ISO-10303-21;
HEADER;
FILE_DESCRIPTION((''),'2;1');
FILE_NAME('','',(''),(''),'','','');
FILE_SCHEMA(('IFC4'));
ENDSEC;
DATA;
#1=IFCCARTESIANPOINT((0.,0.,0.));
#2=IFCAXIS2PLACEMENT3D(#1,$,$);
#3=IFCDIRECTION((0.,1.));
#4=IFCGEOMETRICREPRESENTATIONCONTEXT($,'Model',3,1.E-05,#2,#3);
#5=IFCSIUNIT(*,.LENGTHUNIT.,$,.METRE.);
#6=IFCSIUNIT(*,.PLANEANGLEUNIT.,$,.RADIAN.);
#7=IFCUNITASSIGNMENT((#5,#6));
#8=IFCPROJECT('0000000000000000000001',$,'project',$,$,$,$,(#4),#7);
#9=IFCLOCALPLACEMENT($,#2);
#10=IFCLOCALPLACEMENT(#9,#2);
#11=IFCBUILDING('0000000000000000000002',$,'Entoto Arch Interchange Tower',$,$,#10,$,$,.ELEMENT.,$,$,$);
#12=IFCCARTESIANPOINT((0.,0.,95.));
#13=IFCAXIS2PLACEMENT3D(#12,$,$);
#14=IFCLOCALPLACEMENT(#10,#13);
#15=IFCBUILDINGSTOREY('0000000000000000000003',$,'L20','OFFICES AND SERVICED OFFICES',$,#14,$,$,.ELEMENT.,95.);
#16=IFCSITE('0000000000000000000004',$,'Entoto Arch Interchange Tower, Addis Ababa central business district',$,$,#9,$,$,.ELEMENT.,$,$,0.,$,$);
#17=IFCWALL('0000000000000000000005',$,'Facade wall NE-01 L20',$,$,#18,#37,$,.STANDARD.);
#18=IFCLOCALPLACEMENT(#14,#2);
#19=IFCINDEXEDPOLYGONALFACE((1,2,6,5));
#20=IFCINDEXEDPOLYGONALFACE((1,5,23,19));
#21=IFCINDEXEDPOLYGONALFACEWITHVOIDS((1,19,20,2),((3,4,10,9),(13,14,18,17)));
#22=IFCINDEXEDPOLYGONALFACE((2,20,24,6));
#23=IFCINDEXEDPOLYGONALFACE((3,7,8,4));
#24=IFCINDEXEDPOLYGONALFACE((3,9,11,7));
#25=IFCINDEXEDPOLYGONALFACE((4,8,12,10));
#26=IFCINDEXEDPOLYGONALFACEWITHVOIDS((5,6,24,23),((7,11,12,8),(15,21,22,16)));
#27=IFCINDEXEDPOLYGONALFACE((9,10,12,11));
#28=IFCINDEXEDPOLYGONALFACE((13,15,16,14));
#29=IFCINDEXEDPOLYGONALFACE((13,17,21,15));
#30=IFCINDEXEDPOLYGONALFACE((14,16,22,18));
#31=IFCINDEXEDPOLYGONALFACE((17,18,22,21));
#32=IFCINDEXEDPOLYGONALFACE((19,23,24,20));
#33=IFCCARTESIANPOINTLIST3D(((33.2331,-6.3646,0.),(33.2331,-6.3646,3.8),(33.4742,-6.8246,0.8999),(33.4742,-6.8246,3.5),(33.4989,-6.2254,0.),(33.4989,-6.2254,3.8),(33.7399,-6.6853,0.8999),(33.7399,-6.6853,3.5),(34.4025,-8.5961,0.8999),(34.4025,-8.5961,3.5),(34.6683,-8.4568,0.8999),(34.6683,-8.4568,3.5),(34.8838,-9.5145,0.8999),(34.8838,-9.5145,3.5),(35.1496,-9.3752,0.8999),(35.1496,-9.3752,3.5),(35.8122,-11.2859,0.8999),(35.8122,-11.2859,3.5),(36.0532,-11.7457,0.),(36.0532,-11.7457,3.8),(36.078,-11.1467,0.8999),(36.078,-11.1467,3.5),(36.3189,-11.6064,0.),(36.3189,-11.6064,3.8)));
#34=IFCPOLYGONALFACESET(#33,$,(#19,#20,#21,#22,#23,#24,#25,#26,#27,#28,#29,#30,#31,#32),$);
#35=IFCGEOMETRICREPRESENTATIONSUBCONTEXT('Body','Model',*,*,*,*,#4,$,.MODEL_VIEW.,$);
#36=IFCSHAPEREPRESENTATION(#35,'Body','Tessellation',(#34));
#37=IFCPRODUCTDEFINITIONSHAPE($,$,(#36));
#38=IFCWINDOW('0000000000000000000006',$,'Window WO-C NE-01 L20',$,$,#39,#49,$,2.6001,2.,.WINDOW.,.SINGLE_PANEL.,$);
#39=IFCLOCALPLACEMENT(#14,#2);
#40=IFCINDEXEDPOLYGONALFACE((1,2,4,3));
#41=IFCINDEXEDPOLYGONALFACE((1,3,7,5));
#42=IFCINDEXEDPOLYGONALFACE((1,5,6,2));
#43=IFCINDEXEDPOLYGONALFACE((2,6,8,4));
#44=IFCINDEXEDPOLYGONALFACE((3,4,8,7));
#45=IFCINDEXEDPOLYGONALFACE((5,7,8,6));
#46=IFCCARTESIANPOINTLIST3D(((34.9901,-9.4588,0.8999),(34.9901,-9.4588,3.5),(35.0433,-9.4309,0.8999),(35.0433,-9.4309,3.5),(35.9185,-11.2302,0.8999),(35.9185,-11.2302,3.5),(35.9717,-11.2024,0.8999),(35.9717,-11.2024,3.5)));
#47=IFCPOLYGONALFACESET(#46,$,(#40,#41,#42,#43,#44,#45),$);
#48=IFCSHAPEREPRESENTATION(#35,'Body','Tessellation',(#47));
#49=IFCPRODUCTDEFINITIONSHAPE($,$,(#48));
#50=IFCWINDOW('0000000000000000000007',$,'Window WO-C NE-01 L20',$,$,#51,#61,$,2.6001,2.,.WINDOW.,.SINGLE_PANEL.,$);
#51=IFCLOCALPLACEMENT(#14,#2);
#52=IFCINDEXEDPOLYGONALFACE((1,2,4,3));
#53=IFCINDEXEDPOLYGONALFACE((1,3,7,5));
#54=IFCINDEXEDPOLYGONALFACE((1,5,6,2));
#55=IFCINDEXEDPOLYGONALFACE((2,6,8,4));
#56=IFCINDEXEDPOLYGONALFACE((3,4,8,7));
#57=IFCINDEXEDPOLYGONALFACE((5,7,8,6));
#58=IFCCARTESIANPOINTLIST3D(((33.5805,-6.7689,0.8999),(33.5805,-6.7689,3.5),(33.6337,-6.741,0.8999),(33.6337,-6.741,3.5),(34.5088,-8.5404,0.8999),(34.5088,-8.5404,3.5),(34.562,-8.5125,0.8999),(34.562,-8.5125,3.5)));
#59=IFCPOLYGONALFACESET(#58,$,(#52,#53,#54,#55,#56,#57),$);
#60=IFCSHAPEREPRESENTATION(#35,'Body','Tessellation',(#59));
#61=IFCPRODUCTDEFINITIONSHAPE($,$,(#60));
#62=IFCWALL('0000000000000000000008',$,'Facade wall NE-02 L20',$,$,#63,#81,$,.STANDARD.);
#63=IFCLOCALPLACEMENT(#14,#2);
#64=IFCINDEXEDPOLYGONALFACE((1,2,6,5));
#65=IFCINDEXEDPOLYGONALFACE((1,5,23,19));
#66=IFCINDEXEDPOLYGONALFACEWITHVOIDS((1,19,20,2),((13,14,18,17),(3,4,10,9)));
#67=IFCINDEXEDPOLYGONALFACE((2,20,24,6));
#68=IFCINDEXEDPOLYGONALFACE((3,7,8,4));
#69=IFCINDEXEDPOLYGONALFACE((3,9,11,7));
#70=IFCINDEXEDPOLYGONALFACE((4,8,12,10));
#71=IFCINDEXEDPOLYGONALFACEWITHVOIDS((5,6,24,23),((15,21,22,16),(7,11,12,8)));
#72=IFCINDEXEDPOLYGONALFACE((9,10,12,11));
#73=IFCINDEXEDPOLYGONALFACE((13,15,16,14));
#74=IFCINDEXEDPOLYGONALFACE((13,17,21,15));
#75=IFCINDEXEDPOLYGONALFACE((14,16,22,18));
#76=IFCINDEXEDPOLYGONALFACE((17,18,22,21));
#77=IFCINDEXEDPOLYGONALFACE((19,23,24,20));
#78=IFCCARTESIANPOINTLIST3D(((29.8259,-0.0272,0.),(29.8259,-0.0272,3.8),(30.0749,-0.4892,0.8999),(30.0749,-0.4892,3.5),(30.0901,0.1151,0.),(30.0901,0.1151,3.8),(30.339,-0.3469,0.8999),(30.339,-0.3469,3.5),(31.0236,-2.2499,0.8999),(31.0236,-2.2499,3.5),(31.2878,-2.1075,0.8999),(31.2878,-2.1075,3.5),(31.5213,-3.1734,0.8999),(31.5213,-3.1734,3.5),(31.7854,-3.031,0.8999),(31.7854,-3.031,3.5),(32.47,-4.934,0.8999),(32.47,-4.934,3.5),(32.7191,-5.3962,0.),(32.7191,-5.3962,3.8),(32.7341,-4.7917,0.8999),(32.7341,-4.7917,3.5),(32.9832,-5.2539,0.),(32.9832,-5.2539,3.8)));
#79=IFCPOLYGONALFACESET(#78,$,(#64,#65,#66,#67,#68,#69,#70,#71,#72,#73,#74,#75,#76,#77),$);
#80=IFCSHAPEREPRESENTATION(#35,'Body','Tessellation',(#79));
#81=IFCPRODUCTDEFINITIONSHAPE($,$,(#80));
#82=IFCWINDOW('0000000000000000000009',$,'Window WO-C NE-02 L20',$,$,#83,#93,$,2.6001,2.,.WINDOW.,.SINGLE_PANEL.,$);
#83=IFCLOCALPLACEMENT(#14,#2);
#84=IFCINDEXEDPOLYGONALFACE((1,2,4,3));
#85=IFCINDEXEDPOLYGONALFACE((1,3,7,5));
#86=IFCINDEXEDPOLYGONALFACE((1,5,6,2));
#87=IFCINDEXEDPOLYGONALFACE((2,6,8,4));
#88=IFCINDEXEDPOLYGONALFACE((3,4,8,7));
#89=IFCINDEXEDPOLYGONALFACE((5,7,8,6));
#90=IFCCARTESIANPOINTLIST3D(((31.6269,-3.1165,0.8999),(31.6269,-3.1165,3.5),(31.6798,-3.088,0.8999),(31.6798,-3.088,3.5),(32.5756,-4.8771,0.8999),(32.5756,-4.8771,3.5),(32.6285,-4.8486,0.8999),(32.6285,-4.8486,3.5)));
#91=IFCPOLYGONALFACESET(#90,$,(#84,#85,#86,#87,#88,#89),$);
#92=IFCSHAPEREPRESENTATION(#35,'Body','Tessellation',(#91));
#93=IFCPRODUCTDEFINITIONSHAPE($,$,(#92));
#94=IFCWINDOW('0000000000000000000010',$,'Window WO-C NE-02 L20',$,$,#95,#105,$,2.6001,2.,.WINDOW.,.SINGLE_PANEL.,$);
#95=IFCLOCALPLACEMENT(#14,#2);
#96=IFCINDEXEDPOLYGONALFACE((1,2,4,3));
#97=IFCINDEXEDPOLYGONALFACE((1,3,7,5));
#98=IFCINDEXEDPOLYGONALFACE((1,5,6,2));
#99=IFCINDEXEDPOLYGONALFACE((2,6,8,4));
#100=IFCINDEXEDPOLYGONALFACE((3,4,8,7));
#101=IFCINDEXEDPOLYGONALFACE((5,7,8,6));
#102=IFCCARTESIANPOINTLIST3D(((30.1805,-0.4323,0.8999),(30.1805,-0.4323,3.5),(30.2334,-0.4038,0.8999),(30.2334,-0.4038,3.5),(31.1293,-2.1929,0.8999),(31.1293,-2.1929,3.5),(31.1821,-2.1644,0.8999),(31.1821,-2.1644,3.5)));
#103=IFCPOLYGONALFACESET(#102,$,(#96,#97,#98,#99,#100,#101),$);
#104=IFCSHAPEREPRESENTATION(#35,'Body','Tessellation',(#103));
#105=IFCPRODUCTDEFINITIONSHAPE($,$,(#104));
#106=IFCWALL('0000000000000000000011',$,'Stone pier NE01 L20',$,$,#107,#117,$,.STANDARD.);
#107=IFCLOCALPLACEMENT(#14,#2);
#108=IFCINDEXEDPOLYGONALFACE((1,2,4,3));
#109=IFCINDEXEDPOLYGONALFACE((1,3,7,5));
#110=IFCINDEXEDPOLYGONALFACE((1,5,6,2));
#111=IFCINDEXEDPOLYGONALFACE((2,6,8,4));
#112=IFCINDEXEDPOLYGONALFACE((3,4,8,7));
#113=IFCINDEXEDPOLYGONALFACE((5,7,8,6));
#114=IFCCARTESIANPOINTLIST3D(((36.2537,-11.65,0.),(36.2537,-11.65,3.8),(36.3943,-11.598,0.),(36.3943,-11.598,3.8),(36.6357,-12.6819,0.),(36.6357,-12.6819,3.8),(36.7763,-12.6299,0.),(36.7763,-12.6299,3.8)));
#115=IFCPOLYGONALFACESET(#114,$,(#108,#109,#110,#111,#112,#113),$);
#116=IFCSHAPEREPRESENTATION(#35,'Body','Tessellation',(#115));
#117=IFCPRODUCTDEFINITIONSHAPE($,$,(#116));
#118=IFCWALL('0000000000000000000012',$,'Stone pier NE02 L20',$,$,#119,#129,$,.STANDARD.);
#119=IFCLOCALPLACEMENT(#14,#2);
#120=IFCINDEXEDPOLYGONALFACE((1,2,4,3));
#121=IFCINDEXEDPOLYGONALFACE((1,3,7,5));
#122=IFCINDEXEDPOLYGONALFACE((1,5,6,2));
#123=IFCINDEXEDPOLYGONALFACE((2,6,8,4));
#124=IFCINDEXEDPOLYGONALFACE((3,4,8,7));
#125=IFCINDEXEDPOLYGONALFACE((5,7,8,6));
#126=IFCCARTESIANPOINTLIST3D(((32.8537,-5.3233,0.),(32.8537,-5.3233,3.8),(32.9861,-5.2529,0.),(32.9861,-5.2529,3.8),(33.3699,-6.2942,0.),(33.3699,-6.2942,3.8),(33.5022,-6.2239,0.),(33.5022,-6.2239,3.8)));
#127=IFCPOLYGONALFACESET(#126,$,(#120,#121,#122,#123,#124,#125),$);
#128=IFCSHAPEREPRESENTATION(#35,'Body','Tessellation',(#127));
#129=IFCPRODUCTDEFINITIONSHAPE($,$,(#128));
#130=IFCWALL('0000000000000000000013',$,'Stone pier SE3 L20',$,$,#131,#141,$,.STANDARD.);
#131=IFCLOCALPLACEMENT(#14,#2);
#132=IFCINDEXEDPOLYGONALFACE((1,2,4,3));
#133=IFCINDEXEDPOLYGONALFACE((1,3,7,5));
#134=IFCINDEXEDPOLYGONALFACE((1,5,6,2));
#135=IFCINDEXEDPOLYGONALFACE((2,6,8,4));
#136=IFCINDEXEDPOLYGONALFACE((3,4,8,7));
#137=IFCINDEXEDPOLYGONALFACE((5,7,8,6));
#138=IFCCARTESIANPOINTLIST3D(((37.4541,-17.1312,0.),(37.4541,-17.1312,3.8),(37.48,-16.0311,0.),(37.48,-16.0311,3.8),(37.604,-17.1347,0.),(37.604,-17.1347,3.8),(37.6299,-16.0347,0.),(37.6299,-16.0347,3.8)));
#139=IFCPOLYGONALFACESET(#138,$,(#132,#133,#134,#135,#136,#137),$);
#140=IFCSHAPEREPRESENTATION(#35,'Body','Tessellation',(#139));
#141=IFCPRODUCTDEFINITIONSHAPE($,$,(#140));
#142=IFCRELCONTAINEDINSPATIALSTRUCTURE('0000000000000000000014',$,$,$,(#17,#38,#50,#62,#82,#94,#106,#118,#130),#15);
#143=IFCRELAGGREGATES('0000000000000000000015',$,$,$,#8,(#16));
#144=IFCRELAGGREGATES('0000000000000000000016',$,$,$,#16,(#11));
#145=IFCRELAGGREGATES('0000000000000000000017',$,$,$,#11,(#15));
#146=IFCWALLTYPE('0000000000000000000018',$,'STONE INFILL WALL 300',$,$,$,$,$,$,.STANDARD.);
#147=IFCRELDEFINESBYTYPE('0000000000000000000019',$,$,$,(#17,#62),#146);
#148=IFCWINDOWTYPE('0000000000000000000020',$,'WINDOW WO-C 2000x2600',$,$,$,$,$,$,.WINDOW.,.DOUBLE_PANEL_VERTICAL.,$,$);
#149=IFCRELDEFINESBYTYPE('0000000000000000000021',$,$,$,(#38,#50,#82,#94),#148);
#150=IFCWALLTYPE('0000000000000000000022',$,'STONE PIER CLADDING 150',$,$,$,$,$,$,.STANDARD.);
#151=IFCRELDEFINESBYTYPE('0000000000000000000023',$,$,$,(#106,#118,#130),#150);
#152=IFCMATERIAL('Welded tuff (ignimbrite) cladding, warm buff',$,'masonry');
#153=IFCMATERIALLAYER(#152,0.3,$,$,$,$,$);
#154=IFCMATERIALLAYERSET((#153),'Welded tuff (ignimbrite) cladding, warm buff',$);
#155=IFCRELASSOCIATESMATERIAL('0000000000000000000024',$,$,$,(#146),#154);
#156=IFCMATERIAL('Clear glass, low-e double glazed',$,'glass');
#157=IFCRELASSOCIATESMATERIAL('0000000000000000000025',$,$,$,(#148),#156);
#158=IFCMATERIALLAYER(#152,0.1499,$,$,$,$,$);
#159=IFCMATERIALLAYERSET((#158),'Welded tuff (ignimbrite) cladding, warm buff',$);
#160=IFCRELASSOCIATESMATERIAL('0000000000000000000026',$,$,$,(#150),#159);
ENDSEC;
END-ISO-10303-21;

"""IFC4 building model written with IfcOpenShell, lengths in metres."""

from ifc_helpers import new_model, si_unit, direction, frame, frame_2d, origin, place, context, subcontext, project, spatial, rectangle, extrude, material, layer, layer_set, type_object, element, fill, save


model = new_model("IFC4")

# Units and contexts
model_context = context("Model", 3, precision=1e-05, world=origin(), true_north=direction((0.0, 1.0)))
body_context = subcontext(model_context, "Body", "Model", "MODEL_VIEW")
ifc_project = project(units=[si_unit("LENGTHUNIT", "METRE"), si_unit("PLANEANGLEUNIT", "RADIAN")], contexts=[model_context])

# Site, building, storey
site_placement = place(None, origin())
site = spatial("IfcSite", under=ifc_project, at=site_placement, Name="Entoto Arch Interchange Tower, Addis Ababa central business district", CompositionType="ELEMENT", RefElevation=0.0)
building_placement = place(site_placement, origin())
building = spatial("IfcBuilding", under=site, at=building_placement, Name="Entoto Arch Interchange Tower", CompositionType="ELEMENT")
storey_placement = place(building_placement, frame((0.0, 0.0, 95.0)))
storey = spatial("IfcBuildingStorey", under=building, at=storey_placement, Name="L20", Description="OFFICES AND SERVICED OFFICES", CompositionType="ELEMENT", Elevation=95.0)

# Shared definitions
ifc_material_1 = material(Name="Welded tuff (ignimbrite) cladding, warm buff", Category="masonry")
ifc_layer_1 = layer(ifc_material_1, 0.3)
ifc_layer_set_1 = layer_set([ifc_layer_1], Name="Welded tuff (ignimbrite) cladding, warm buff")
wall_type_1 = type_object("IfcWallType", Name="STONE INFILL WALL 300", PredefinedType="STANDARD", material=ifc_layer_set_1)
ifc_material_2 = material(Name="Clear glass, low-e double glazed", Category="glass")

# Walls, openings, windows
wall_1_placement = place(storey_placement, frame((36.186, -11.676, 0.0), z_axis=(0.0, 0.0, 1.0), x_axis=(-0.464187, 0.885737, 0.0)))
wall_1 = element("IfcWall", 1, at=wall_1_placement, inside=storey, type_object=wall_type_1, Name="Facade wall NE-01 L20", PredefinedType="STANDARD", context=body_context, shape_type="SweptSolid", body=[
    extrude(rectangle(XDim=6.0752, YDim=0.3, at=frame_2d((3.0376, 0.0))), origin(), (0.0, 0.0, 1.0), 3.8),
])
opening_1_placement = place(wall_1_placement, frame((0.519, 0.0, 0.8999)))
opening_1 = element("IfcOpeningElement", 2, at=opening_1_placement, cuts=wall_1, PredefinedType="OPENING", context=body_context, shape_type="SweptSolid", body=[
    extrude(rectangle(XDim=2.0, YDim=2.6001, at=frame_2d((1.0, 1.3))), frame((0.0, 0.1602, 0.0), z_axis=(0.0, -1.0, 0.0), x_axis=(1.0, 0.0, 0.0)), (0.0, 0.0, 1.0), 0.3201),
])
opening_2_placement = place(wall_1_placement, frame((3.5559, 0.0, 0.8999)))
opening_2 = element("IfcOpeningElement", 3, at=opening_2_placement, cuts=wall_1, PredefinedType="OPENING", context=body_context, shape_type="SweptSolid", body=[
    extrude(rectangle(XDim=2.0, YDim=2.6001, at=frame_2d((1.0, 1.3))), frame((0.0, 0.1602, 0.0), z_axis=(0.0, -1.0, 0.0), x_axis=(1.0, 0.0, 0.0)), (0.0, 0.0, 1.0), 0.3201),
])
window_type_1 = type_object("IfcWindowType", Name="WINDOW WO-C 2000x2600", PartitioningType="DOUBLE_PANEL_VERTICAL", PredefinedType="WINDOW", material=ifc_material_2)
window_1_placement = place(opening_1_placement, origin())
window_1 = element("IfcWindow", 4, at=window_1_placement, inside=storey, type_object=window_type_1, Name="Window WO-C NE-01 L20", OverallHeight=2.6001, OverallWidth=2.0, PartitioningType="SINGLE_PANEL", PredefinedType="WINDOW", context=body_context, shape_type="SweptSolid", body=[
    extrude(rectangle(XDim=2.0, YDim=2.6001, at=frame_2d((1.0, 1.3))), frame((0.0, 0.03, 0.0), z_axis=(0.0, -1.0, 0.0), x_axis=(1.0, 0.0, 0.0)), (0.0, 0.0, 1.0), 0.0601),
])
fill(opening_1, window_1)
window_2_placement = place(opening_2_placement, origin())
window_2 = element("IfcWindow", 5, at=window_2_placement, inside=storey, type_object=window_type_1, Name="Window WO-C NE-01 L20", OverallHeight=2.6001, OverallWidth=2.0, PartitioningType="SINGLE_PANEL", PredefinedType="WINDOW", context=body_context, shape_type="SweptSolid", body=[
    extrude(rectangle(XDim=2.0, YDim=2.6001, at=frame_2d((1.0, 1.3))), frame((0.0, 0.03, 0.0), z_axis=(0.0, -1.0, 0.0), x_axis=(1.0, 0.0, 0.0)), (0.0, 0.0, 1.0), 0.0601),
])
fill(opening_2, window_2)
wall_2_placement = place(storey_placement, frame((32.8511, -5.325, 0.0), z_axis=(0.0, 0.0, 1.0), x_axis=(-0.47437, 0.880326, 0.0)))
wall_2 = element("IfcWall", 6, at=wall_2_placement, inside=storey, type_object=wall_type_1, Name="Facade wall NE-02 L20", PredefinedType="STANDARD", context=body_context, shape_type="SweptSolid", body=[
    extrude(rectangle(XDim=6.0989, YDim=0.3, at=frame_2d((3.0493, 0.0))), origin(), (0.0, 0.0, 1.0), 3.8),
])
opening_3_placement = place(wall_2_placement, frame((0.5249, 0.0, 0.8999)))
opening_3 = element("IfcOpeningElement", 7, at=opening_3_placement, cuts=wall_2, PredefinedType="OPENING", context=body_context, shape_type="SweptSolid", body=[
    extrude(rectangle(XDim=2.0, YDim=2.6001, at=frame_2d((1.0, 1.3))), frame((0.0, 0.1602, 0.0), z_axis=(0.0, -1.0, 0.0), x_axis=(1.0, 0.0, 0.0)), (0.0, 0.0, 1.0), 0.3201),
])
opening_4_placement = place(wall_2_placement, frame((3.574, 0.0, 0.8999)))
opening_4 = element("IfcOpeningElement", 8, at=opening_4_placement, cuts=wall_2, PredefinedType="OPENING", context=body_context, shape_type="SweptSolid", body=[
    extrude(rectangle(XDim=2.0, YDim=2.6001, at=frame_2d((1.0, 1.3))), frame((0.0, 0.1602, 0.0), z_axis=(0.0, -1.0, 0.0), x_axis=(1.0, 0.0, 0.0)), (0.0, 0.0, 1.0), 0.3201),
])
window_3_placement = place(opening_3_placement, origin())
window_3 = element("IfcWindow", 9, at=window_3_placement, inside=storey, type_object=window_type_1, Name="Window WO-C NE-02 L20", OverallHeight=2.6001, OverallWidth=2.0, PartitioningType="SINGLE_PANEL", PredefinedType="WINDOW", context=body_context, shape_type="SweptSolid", body=[
    extrude(rectangle(XDim=2.0, YDim=2.6001, at=frame_2d((1.0, 1.3))), frame((0.0, 0.03, 0.0), z_axis=(0.0, -1.0, 0.0), x_axis=(1.0, 0.0, 0.0)), (0.0, 0.0, 1.0), 0.0601),
])
fill(opening_3, window_3)
window_4_placement = place(opening_4_placement, origin())
window_4 = element("IfcWindow", 10, at=window_4_placement, inside=storey, type_object=window_type_1, Name="Window WO-C NE-02 L20", OverallHeight=2.6001, OverallWidth=2.0, PartitioningType="SINGLE_PANEL", PredefinedType="WINDOW", context=body_context, shape_type="SweptSolid", body=[
    extrude(rectangle(XDim=2.0, YDim=2.6001, at=frame_2d((1.0, 1.3))), frame((0.0, 0.03, 0.0), z_axis=(0.0, -1.0, 0.0), x_axis=(1.0, 0.0, 0.0)), (0.0, 0.0, 1.0), 0.0601),
])
fill(opening_4, window_4)

# Walls
ifc_layer_2 = layer(ifc_material_1, 0.1499)
ifc_layer_set_2 = layer_set([ifc_layer_2], Name="Welded tuff (ignimbrite) cladding, warm buff")
wall_type_2 = type_object("IfcWallType", Name="STONE PIER CLADDING 150", PredefinedType="STANDARD", material=ifc_layer_set_2)
wall_3_placement = place(storey_placement, frame((36.7061, -12.656, 0.0), z_axis=(0.0, 0.0, 1.0), x_axis=(-0.347206, 0.937789, 0.0)))
element("IfcWall", 11, at=wall_3_placement, inside=storey, type_object=wall_type_2, Name="Stone pier NE01 L20", PredefinedType="STANDARD", context=body_context, shape_type="SweptSolid", body=[
    extrude(rectangle(XDim=1.1003, YDim=0.1499, at=frame_2d((0.5503, 0.0))), origin(), (0.0, 0.0, 1.0), 3.8),
])
wall_4_placement = place(storey_placement, frame((33.436, -6.259, 0.0), z_axis=(0.0, 0.0, 1.0), x_axis=(-0.469366, 0.883004, 0.0)))
element("IfcWall", 12, at=wall_4_placement, inside=storey, type_object=wall_type_2, Name="Stone pier NE02 L20", PredefinedType="STANDARD", context=body_context, shape_type="SweptSolid", body=[
    extrude(rectangle(XDim=1.0996, YDim=0.1499, at=frame_2d((0.5498, 0.0))), origin(), (0.0, 0.0, 1.0), 3.8),
])
wall_5_placement = place(storey_placement, frame((37.5291, -17.1331, 0.0), z_axis=(0.0, 0.0, 1.0), x_axis=(0.023518, 0.999723, 0.0)))
element("IfcWall", 13, at=wall_5_placement, inside=storey, type_object=wall_type_2, Name="Stone pier SE3 L20", PredefinedType="STANDARD", context=body_context, shape_type="SweptSolid", body=[
    extrude(rectangle(XDim=1.1003, YDim=0.1499, at=frame_2d((0.5503, 0.0))), origin(), (0.0, 0.0, 1.0), 3.8),
])

save(model, "model.ifc")
